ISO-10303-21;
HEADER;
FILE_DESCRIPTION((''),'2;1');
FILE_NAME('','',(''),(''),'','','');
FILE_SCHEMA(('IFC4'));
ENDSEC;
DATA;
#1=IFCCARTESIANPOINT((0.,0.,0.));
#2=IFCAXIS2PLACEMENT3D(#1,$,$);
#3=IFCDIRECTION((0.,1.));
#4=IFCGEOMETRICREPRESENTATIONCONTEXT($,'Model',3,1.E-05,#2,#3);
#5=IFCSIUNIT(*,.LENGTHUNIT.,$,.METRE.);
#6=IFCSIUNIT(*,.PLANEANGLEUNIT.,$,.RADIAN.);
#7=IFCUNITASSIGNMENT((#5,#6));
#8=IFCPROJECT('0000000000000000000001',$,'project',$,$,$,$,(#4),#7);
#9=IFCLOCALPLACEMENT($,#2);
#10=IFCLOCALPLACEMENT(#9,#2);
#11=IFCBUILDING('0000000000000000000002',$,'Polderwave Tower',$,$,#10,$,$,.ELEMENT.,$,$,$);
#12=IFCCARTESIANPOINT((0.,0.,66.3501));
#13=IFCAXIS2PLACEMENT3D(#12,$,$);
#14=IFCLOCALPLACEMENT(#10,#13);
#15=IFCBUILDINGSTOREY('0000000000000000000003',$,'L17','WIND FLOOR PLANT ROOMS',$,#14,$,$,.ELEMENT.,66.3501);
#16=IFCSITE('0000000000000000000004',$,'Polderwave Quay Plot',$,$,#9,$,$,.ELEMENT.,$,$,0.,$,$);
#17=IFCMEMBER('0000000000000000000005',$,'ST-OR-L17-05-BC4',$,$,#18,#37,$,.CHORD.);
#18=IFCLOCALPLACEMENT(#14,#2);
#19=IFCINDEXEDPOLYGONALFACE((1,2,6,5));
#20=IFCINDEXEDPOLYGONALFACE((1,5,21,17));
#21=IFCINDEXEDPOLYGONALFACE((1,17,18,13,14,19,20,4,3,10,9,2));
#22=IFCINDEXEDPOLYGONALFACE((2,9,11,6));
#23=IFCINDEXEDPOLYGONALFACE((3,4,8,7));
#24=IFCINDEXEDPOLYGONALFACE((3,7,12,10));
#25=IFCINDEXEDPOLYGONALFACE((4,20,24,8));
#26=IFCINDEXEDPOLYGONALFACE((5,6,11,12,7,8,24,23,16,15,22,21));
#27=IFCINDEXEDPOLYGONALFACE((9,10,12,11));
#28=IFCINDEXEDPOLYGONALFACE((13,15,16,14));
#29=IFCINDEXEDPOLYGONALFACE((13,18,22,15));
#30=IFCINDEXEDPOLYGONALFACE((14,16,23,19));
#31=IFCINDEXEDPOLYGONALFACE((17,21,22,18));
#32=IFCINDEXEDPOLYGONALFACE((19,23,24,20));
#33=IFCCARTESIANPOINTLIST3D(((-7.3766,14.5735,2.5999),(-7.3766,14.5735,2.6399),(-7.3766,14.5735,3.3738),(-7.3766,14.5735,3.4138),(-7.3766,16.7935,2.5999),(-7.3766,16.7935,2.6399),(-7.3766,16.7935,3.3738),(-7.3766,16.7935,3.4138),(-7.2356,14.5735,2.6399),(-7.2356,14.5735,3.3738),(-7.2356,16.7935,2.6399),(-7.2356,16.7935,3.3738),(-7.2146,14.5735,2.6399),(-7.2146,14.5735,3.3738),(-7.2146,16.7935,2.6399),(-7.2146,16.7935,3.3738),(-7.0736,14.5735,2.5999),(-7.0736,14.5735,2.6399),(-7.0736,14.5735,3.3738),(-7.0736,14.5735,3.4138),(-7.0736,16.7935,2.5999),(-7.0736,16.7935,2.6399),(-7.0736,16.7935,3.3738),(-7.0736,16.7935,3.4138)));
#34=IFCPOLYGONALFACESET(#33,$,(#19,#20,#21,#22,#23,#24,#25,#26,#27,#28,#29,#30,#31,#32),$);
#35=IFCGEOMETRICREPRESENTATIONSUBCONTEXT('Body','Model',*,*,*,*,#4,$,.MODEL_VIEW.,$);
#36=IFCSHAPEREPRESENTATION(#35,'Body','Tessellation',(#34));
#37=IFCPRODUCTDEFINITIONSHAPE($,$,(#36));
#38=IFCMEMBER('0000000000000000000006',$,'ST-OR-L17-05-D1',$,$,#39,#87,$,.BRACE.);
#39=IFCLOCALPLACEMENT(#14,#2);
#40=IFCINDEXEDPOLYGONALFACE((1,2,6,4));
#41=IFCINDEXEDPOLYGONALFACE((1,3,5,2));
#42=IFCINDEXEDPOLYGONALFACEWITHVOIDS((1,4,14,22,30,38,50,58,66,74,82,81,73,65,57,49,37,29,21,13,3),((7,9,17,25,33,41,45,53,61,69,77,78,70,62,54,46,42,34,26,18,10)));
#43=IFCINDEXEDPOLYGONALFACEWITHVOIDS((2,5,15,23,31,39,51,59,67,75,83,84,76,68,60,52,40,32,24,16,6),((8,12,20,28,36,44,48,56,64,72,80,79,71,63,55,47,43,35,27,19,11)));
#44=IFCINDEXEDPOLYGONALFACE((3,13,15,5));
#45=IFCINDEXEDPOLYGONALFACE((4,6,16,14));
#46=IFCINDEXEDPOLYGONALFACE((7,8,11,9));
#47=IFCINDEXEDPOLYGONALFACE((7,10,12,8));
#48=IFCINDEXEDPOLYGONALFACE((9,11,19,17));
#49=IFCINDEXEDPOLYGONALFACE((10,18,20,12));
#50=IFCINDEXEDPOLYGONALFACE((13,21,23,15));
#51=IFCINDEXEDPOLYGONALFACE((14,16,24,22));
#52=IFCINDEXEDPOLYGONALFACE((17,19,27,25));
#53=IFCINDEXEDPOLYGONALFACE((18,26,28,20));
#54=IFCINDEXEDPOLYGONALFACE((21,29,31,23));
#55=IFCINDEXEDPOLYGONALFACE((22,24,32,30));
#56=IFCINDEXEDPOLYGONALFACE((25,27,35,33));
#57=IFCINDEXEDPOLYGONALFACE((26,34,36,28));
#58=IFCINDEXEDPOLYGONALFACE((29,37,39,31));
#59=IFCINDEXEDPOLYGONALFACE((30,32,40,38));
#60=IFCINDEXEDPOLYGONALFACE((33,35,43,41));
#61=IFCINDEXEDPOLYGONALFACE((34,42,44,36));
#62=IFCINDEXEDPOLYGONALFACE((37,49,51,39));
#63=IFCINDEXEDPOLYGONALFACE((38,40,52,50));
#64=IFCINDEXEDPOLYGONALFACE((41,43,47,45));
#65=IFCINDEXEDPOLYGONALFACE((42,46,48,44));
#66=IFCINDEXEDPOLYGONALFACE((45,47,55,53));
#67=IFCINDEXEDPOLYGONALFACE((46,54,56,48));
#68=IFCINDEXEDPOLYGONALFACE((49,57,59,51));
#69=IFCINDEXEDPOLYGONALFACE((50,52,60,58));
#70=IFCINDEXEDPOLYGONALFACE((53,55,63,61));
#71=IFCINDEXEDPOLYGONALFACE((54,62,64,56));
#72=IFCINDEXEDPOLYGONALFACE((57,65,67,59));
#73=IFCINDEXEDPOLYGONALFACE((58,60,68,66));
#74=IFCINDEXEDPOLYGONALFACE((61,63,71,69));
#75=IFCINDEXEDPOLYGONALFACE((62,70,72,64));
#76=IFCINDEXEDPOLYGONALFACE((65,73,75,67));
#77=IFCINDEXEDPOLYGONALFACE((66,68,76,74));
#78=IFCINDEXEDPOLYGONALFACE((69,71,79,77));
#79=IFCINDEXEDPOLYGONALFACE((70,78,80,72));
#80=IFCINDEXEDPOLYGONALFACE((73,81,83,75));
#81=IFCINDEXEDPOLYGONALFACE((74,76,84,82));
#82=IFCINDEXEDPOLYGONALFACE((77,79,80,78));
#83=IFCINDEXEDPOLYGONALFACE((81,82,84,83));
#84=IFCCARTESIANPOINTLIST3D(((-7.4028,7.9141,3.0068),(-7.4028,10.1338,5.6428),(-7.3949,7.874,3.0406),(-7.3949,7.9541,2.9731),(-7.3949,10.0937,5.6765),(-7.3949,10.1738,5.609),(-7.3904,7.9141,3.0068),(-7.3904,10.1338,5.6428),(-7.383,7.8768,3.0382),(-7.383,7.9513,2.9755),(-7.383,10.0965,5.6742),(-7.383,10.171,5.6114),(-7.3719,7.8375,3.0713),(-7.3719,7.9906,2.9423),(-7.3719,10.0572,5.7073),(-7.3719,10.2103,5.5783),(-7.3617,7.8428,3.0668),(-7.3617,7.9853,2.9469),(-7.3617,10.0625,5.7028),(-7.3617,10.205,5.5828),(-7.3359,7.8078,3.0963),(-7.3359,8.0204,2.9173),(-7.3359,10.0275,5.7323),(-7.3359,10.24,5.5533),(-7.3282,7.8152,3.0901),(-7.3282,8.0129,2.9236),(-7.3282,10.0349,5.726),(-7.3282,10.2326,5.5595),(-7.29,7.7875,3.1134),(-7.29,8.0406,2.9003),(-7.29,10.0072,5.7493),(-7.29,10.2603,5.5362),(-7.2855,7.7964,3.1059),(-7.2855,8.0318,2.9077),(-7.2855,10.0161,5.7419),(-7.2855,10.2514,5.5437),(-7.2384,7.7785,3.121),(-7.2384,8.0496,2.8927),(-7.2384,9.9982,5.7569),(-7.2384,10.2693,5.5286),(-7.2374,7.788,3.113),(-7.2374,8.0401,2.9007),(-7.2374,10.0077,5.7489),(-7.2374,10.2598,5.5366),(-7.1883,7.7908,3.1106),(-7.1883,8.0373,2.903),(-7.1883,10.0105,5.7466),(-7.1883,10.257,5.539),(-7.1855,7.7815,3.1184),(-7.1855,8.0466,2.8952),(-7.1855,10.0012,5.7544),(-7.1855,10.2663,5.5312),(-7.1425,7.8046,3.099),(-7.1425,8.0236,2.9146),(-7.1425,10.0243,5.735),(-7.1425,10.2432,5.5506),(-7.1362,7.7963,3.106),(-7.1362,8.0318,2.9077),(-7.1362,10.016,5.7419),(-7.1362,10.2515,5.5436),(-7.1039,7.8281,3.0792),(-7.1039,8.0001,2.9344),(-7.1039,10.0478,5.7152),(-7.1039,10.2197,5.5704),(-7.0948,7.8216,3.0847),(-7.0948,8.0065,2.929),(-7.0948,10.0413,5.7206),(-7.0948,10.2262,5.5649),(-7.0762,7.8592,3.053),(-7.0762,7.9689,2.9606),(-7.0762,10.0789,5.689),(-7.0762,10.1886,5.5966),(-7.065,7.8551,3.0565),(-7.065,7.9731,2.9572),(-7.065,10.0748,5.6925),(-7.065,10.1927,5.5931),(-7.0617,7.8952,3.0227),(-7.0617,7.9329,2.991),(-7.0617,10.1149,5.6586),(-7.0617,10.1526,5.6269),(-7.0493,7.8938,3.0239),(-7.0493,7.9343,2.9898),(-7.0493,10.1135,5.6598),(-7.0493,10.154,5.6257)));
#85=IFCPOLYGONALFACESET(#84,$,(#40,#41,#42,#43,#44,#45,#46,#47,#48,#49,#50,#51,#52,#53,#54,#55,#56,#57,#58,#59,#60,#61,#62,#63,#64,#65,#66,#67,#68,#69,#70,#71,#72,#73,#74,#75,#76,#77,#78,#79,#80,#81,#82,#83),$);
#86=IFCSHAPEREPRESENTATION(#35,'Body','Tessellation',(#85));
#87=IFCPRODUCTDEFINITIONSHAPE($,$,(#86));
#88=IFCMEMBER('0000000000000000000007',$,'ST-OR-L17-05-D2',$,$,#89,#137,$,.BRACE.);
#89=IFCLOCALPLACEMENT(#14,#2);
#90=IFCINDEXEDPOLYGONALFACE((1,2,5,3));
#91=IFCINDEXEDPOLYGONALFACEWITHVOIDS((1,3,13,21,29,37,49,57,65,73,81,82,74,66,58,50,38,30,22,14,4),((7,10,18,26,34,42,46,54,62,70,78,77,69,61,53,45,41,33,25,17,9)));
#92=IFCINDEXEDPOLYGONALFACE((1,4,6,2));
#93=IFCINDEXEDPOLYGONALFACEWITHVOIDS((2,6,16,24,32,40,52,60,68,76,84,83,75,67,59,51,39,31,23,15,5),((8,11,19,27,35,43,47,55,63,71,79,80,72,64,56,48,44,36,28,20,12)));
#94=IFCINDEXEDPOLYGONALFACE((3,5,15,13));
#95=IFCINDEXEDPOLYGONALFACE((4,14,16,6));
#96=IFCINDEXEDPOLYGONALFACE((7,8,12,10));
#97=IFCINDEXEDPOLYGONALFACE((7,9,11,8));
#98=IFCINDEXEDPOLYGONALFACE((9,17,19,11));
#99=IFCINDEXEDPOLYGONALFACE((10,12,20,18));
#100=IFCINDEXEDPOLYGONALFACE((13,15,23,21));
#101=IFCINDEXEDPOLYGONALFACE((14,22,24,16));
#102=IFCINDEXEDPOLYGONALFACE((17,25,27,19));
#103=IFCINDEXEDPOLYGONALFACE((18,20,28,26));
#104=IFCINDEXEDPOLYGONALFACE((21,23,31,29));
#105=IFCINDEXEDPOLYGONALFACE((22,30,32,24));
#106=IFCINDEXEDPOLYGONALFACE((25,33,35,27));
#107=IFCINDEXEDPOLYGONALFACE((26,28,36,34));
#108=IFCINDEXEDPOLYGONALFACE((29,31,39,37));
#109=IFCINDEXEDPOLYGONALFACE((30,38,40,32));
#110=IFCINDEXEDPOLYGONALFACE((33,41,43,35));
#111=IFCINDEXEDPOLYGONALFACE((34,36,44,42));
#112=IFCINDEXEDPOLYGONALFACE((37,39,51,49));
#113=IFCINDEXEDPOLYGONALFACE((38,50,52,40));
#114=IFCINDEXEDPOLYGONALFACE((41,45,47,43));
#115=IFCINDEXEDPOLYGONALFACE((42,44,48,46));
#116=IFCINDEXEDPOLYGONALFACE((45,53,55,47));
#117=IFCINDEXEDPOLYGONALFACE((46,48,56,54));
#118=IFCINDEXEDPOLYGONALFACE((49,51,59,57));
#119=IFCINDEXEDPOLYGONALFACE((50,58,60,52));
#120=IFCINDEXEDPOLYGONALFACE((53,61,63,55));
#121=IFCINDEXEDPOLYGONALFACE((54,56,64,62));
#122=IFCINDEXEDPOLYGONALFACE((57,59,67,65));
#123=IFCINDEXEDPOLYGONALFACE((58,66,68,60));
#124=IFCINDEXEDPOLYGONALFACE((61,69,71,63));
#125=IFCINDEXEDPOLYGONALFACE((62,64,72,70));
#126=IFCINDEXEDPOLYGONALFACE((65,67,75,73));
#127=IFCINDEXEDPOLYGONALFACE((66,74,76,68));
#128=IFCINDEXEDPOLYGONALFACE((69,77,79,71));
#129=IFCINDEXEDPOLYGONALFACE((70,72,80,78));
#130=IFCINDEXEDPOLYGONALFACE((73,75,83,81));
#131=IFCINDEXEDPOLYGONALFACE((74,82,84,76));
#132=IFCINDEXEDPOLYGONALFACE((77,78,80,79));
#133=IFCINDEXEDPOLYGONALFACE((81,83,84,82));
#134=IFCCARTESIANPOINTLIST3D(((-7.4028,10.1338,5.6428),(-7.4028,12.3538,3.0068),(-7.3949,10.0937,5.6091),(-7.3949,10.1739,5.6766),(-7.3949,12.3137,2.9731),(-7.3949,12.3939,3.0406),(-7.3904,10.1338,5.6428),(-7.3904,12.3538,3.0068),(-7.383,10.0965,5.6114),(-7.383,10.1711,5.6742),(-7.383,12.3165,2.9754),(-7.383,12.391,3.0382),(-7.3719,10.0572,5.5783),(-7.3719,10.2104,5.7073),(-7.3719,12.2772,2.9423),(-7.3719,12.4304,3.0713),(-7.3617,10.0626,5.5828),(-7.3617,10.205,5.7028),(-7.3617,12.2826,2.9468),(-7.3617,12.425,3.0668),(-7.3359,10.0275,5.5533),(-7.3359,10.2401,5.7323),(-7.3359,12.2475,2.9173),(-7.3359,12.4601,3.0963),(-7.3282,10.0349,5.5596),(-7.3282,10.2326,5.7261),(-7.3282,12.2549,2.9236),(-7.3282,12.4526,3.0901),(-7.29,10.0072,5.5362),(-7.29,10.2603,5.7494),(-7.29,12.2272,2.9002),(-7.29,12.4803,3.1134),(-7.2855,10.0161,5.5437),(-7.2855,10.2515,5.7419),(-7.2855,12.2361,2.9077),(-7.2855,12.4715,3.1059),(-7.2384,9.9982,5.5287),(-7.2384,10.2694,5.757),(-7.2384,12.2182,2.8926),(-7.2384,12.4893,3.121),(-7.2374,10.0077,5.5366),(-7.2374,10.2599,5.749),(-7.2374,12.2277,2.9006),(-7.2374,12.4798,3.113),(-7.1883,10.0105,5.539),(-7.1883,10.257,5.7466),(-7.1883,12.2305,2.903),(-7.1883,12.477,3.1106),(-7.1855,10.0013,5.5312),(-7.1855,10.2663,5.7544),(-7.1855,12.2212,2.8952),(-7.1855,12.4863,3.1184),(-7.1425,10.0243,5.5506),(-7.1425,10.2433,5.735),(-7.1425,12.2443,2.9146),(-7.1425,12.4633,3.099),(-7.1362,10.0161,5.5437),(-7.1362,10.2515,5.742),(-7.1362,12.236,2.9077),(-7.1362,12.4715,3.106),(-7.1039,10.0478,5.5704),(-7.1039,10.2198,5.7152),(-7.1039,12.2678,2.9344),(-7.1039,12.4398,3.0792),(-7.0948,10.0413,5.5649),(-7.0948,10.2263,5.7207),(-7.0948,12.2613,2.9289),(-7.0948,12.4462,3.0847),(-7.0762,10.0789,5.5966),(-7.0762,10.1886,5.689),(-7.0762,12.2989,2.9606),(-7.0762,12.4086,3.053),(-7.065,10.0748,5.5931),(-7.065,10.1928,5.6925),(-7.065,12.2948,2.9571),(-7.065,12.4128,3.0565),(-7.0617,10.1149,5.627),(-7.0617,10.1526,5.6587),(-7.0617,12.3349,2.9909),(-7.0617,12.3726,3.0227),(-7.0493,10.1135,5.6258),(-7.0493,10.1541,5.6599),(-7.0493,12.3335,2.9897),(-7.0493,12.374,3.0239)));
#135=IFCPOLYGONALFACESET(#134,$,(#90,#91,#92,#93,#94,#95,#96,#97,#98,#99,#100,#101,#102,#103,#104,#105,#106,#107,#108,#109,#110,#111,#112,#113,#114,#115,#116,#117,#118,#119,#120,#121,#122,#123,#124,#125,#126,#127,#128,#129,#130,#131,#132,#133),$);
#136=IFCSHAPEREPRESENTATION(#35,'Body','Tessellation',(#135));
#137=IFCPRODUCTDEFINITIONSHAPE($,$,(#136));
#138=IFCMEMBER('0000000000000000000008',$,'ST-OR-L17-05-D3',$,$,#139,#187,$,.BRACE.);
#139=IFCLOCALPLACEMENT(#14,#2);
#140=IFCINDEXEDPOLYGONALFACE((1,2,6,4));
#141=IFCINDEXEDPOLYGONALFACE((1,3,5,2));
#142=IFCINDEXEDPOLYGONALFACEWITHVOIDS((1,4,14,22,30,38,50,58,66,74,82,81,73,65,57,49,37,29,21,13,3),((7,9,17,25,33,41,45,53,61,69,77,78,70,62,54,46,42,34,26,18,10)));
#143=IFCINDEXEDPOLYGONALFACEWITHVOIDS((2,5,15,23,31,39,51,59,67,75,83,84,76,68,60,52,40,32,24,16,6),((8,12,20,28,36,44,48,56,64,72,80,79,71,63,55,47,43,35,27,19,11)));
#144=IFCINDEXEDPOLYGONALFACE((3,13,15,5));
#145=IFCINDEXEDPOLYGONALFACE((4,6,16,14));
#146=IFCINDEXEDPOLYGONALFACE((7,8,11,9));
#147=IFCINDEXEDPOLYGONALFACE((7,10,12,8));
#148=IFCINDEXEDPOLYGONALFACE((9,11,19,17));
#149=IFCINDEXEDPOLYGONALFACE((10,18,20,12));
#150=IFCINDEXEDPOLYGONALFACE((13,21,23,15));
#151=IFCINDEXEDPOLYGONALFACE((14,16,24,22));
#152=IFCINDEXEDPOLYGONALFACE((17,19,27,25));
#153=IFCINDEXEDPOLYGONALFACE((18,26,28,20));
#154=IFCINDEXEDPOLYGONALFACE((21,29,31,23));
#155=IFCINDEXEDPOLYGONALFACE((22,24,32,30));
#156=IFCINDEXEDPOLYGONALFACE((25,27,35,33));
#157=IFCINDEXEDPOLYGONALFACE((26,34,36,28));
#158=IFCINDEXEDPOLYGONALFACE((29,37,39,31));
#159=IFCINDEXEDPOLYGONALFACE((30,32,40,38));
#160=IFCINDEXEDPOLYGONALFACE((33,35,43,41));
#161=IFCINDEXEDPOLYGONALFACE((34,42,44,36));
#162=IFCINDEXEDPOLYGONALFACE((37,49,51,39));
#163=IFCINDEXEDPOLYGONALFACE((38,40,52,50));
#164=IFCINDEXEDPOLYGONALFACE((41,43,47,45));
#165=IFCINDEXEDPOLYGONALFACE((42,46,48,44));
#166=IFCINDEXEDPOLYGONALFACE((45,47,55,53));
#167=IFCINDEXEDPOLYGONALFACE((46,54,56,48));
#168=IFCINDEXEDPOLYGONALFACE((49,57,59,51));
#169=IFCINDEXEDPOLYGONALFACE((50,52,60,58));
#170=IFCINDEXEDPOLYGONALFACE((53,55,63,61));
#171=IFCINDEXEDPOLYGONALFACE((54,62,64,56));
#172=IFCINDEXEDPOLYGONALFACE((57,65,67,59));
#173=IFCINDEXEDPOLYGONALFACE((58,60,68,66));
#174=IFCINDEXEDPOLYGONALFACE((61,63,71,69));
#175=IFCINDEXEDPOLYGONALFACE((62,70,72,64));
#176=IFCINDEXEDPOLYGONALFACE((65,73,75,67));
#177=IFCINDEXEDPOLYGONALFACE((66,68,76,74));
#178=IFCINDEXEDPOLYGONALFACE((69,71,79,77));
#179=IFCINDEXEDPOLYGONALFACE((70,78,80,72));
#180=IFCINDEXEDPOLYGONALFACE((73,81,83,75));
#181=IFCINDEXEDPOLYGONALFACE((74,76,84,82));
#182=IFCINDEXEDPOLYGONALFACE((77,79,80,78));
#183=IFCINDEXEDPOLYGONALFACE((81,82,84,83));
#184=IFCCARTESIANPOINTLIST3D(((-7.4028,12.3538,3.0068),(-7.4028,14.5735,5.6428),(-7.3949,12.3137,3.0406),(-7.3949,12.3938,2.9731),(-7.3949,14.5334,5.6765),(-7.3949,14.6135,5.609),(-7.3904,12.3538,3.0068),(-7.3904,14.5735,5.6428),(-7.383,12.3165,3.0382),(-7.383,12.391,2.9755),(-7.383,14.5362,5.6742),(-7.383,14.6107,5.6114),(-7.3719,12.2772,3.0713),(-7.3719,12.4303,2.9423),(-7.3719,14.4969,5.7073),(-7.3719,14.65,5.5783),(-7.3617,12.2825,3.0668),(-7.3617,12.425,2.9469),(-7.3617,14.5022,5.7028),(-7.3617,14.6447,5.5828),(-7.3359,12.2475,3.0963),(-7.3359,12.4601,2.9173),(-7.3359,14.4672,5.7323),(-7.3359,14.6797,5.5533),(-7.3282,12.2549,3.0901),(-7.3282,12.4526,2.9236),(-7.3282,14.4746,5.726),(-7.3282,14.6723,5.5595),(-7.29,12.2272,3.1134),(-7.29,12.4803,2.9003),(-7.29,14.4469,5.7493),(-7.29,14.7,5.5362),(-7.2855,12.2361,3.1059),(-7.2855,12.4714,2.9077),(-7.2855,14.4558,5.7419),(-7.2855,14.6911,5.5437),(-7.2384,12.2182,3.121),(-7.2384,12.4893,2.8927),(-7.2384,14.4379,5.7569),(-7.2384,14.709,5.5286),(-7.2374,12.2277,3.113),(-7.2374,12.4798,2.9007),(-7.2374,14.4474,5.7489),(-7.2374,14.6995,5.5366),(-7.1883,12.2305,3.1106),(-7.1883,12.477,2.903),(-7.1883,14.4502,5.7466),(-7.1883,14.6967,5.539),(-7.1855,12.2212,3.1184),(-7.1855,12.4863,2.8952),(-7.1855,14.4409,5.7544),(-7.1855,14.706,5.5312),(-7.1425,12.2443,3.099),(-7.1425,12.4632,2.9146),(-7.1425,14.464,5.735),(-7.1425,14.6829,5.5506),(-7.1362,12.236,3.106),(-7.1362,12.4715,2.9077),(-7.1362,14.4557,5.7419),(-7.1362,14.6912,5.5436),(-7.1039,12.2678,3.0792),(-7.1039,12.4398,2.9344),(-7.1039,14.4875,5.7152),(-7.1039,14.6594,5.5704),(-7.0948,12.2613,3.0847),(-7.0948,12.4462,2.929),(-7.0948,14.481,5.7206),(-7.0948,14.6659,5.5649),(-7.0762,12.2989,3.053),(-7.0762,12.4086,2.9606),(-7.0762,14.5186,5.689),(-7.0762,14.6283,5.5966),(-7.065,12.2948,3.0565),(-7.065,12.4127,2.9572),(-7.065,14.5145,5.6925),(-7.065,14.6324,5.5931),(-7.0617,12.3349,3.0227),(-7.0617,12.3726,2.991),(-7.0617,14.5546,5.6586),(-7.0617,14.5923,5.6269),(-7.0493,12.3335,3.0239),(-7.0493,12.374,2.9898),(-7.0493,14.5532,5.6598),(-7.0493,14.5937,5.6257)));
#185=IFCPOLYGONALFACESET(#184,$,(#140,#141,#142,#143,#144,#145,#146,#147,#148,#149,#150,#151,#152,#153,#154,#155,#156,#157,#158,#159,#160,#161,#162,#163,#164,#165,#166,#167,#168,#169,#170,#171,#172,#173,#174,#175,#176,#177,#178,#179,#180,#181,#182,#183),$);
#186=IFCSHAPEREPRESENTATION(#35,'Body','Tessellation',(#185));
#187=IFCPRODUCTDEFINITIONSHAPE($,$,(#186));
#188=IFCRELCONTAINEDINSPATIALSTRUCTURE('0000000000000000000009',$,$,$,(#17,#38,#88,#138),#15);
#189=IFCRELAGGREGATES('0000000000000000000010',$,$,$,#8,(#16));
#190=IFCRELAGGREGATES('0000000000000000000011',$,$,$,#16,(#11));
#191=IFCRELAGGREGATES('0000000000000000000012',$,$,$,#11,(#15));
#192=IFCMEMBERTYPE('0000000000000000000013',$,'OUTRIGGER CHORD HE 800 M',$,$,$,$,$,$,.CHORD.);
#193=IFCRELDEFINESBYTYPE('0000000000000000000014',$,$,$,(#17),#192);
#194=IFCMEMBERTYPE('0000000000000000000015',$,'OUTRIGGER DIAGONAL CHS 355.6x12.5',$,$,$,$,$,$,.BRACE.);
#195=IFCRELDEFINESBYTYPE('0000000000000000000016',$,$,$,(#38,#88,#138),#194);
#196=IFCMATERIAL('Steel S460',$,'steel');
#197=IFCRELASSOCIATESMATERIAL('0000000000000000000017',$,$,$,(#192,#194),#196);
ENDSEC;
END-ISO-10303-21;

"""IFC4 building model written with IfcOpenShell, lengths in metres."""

from ifc_helpers import new_model, si_unit, direction, frame, origin, origin_2d, place, context, subcontext, project, spatial, hollow_circle, i_section, extrude, material, material_profile, profile_set, type_object, element, save


model = new_model("IFC4")

# Units and contexts
model_context = context("Model", 3, precision=1e-05, world=origin(), true_north=direction((0.0, 1.0)))
body_context = subcontext(model_context, "Body", "Model", "MODEL_VIEW")
ifc_project = project(units=[si_unit("LENGTHUNIT", "METRE"), si_unit("PLANEANGLEUNIT", "RADIAN")], contexts=[model_context])

# Site, building, storey
site_placement = place(None, origin())
site = spatial("IfcSite", under=ifc_project, at=site_placement, Name="Polderwave Quay Plot", CompositionType="ELEMENT", RefElevation=0.0)
building_placement = place(site_placement, origin())
building = spatial("IfcBuilding", under=site, at=building_placement, Name="Polderwave Tower", CompositionType="ELEMENT")
storey_placement = place(building_placement, frame((0.0, 0.0, 66.3501)))
storey = spatial("IfcBuildingStorey", under=building, at=storey_placement, Name="L17", Description="WIND FLOOR PLANT ROOMS", CompositionType="ELEMENT", Elevation=66.3501)

# Members
ifc_material_1 = material(Name="Steel S460", Category="steel")
ifc_material_profile_1 = material_profile(ifc_material_1, i_section(OverallWidth=0.303, OverallDepth=0.814, WebThickness=0.021, FlangeThickness=0.04, at=origin_2d()), Name="HE 800 M")
ifc_profile_set_1 = profile_set([ifc_material_profile_1], Name="Steel S460")
member_type_1 = type_object("IfcMemberType", Name="OUTRIGGER CHORD HE 800 M", PredefinedType="CHORD", material=ifc_profile_set_1)
for number, where, z_axis, x_axis, name in (
    (1, (-7.2251, 14.5735, 3.0068), (0.0, 1.0, 0.0), (-1.0, 0.0, 0.0), "ST-OR-L17-05-BC4"),
):
    element("IfcMember", number, at=place(storey_placement, frame(where, z_axis=z_axis, x_axis=x_axis)), inside=storey, type_object=member_type_1, Name=name, PredefinedType="CHORD", context=body_context, shape_type="SweptSolid", body=[
        extrude(i_section(OverallWidth=0.303, OverallDepth=0.814, WebThickness=0.021, FlangeThickness=0.04, at=origin_2d()), origin(), (0.0, 0.0, 1.0), 2.22),
    ])
ifc_material_profile_2 = material_profile(ifc_material_1, hollow_circle(Radius=0.1777, WallThickness=0.0125, at=origin_2d()), Name="CHS 355.6x12.5")
ifc_profile_set_2 = profile_set([ifc_material_profile_2], Name="Steel S460")
member_type_2 = type_object("IfcMemberType", Name="OUTRIGGER DIAGONAL CHS 355.6x12.5", PredefinedType="BRACE", material=ifc_profile_set_2)
member_1_placement = place(storey_placement, frame((-7.2251, 7.9141, 3.0068), z_axis=(0.0, 0.644127, 0.764919), x_axis=(-1.0, 0.0, 0.0)))
element("IfcMember", 2, at=member_1_placement, inside=storey, type_object=member_type_2, Name="ST-OR-L17-05-D1", PredefinedType="BRACE", context=body_context, shape_type="SweptSolid", body=[
    extrude(hollow_circle(Radius=0.1777, WallThickness=0.0125, at=origin_2d()), origin(), (0.0, 0.0, 1.0), 3.446),
])
member_2_placement = place(storey_placement, frame((-7.2251, 10.1338, 5.6428), z_axis=(0.0, 0.644168, -0.764884), x_axis=(-1.0, 0.0, 0.0)))
element("IfcMember", 3, at=member_2_placement, inside=storey, type_object=member_type_2, Name="ST-OR-L17-05-D2", PredefinedType="BRACE", context=body_context, shape_type="SweptSolid", body=[
    extrude(hollow_circle(Radius=0.1777, WallThickness=0.0125, at=origin_2d()), origin(), (0.0, 0.0, 1.0), 3.4463),
])
member_3_placement = place(storey_placement, frame((-7.2251, 12.3538, 3.0068), z_axis=(0.0, 0.644127, 0.764919), x_axis=(-1.0, 0.0, 0.0)))
element("IfcMember", 4, at=member_3_placement, inside=storey, type_object=member_type_2, Name="ST-OR-L17-05-D3", PredefinedType="BRACE", context=body_context, shape_type="SweptSolid", body=[
    extrude(hollow_circle(Radius=0.1777, WallThickness=0.0125, at=origin_2d()), origin(), (0.0, 0.0, 1.0), 3.446),
])

save(model, "model.ifc")
